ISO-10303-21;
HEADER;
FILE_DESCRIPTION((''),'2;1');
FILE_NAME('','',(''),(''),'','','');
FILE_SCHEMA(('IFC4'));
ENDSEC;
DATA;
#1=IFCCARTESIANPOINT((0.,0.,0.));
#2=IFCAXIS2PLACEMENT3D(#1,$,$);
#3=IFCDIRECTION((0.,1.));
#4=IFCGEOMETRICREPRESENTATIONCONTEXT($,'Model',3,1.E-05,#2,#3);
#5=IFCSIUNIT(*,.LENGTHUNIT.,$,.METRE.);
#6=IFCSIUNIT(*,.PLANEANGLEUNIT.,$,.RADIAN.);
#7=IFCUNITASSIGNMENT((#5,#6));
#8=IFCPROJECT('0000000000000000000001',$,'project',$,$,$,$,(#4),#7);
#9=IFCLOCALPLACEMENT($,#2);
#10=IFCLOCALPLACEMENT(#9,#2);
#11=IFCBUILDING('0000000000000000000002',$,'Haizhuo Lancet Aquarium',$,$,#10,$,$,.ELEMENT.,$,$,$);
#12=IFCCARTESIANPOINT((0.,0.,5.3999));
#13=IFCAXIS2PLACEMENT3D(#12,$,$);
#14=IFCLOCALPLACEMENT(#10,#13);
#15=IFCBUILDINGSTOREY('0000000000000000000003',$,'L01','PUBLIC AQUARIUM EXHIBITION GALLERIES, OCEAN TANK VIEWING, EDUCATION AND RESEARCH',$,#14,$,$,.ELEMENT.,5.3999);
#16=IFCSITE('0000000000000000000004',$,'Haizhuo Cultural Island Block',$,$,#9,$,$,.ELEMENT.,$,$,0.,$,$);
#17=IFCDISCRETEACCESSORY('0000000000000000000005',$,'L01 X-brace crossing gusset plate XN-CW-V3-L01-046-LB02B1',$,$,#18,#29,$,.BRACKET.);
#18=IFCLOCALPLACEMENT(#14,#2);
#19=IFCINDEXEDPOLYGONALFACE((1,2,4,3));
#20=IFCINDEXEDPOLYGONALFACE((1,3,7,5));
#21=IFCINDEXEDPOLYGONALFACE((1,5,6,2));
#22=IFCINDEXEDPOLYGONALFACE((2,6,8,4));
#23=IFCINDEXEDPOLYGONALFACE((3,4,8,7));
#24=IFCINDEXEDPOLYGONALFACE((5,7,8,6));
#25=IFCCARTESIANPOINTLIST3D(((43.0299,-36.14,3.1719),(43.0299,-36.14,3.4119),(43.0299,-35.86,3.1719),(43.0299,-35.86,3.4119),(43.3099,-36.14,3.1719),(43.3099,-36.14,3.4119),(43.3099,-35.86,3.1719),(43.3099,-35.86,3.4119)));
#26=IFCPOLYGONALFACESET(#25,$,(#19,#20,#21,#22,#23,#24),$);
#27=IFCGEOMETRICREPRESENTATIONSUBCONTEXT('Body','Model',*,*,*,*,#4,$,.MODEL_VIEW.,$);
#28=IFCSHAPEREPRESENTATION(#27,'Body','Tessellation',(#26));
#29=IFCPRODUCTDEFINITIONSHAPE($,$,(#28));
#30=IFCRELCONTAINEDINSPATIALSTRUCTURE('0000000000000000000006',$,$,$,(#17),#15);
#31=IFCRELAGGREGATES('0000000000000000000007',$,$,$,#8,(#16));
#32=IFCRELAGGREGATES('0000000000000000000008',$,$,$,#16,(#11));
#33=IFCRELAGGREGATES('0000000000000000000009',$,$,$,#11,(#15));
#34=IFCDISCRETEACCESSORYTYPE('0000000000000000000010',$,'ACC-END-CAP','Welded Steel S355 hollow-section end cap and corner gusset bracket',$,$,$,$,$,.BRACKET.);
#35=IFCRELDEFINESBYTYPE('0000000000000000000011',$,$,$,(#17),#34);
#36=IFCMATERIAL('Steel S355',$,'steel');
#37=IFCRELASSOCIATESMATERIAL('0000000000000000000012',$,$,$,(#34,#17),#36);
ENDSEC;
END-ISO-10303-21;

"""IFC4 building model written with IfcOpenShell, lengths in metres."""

from ifc_helpers import new_model, si_unit, direction, frame, origin, origin_2d, place, context, subcontext, project, spatial, rectangle, extrude, material, type_object, element, save


model = new_model("IFC4")

# Units and contexts
model_context = context("Model", 3, precision=1e-05, world=origin(), true_north=direction((0.0, 1.0)))
body_context = subcontext(model_context, "Body", "Model", "MODEL_VIEW")
ifc_project = project(units=[si_unit("LENGTHUNIT", "METRE"), si_unit("PLANEANGLEUNIT", "RADIAN")], contexts=[model_context])

# Site, building, storey
site_placement = place(None, origin())
site = spatial("IfcSite", under=ifc_project, at=site_placement, Name="Haizhuo Cultural Island Block", CompositionType="ELEMENT", RefElevation=0.0)
building_placement = place(site_placement, origin())
building = spatial("IfcBuilding", under=site, at=building_placement, Name="Haizhuo Lancet Aquarium", CompositionType="ELEMENT")
storey_placement = place(building_placement, frame((0.0, 0.0, 5.3999)))
storey = spatial("IfcBuildingStorey", under=building, at=storey_placement, Name="L01", Description="PUBLIC AQUARIUM EXHIBITION GALLERIES, OCEAN TANK VIEWING, EDUCATION AND RESEARCH", CompositionType="ELEMENT", Elevation=5.3999)

# Shared definitions
ifc_material_1 = material(Name="Steel S355", Category="steel")

# Discrete accessory
discrete_accessory_type = type_object("IfcDiscreteAccessoryType", Name="ACC-END-CAP", Description="Welded Steel S355 hollow-section end cap and corner gusset bracket", PredefinedType="BRACKET", material=ifc_material_1)
for number, where, z_axis, x_axis, name in (
    (1, (43.1699, -36.0, 3.1719), (0.0, 0.0, 1.0), (1.0, 0.0, 0.0), "L01 X-brace crossing gusset plate XN-CW-V3-L01-046-LB02B1"),
):
    element("IfcDiscreteAccessory", number, at=place(storey_placement, frame(where, z_axis=z_axis, x_axis=x_axis)), inside=storey, type_object=discrete_accessory_type, material=ifc_material_1, Name=name, PredefinedType="BRACKET", context=body_context, shape_type="SweptSolid", body=[
        extrude(rectangle(XDim=0.28, YDim=0.28, at=origin_2d()), origin(), (0.0, 0.0, 1.0), 0.24),
    ])

save(model, "model.ifc")
